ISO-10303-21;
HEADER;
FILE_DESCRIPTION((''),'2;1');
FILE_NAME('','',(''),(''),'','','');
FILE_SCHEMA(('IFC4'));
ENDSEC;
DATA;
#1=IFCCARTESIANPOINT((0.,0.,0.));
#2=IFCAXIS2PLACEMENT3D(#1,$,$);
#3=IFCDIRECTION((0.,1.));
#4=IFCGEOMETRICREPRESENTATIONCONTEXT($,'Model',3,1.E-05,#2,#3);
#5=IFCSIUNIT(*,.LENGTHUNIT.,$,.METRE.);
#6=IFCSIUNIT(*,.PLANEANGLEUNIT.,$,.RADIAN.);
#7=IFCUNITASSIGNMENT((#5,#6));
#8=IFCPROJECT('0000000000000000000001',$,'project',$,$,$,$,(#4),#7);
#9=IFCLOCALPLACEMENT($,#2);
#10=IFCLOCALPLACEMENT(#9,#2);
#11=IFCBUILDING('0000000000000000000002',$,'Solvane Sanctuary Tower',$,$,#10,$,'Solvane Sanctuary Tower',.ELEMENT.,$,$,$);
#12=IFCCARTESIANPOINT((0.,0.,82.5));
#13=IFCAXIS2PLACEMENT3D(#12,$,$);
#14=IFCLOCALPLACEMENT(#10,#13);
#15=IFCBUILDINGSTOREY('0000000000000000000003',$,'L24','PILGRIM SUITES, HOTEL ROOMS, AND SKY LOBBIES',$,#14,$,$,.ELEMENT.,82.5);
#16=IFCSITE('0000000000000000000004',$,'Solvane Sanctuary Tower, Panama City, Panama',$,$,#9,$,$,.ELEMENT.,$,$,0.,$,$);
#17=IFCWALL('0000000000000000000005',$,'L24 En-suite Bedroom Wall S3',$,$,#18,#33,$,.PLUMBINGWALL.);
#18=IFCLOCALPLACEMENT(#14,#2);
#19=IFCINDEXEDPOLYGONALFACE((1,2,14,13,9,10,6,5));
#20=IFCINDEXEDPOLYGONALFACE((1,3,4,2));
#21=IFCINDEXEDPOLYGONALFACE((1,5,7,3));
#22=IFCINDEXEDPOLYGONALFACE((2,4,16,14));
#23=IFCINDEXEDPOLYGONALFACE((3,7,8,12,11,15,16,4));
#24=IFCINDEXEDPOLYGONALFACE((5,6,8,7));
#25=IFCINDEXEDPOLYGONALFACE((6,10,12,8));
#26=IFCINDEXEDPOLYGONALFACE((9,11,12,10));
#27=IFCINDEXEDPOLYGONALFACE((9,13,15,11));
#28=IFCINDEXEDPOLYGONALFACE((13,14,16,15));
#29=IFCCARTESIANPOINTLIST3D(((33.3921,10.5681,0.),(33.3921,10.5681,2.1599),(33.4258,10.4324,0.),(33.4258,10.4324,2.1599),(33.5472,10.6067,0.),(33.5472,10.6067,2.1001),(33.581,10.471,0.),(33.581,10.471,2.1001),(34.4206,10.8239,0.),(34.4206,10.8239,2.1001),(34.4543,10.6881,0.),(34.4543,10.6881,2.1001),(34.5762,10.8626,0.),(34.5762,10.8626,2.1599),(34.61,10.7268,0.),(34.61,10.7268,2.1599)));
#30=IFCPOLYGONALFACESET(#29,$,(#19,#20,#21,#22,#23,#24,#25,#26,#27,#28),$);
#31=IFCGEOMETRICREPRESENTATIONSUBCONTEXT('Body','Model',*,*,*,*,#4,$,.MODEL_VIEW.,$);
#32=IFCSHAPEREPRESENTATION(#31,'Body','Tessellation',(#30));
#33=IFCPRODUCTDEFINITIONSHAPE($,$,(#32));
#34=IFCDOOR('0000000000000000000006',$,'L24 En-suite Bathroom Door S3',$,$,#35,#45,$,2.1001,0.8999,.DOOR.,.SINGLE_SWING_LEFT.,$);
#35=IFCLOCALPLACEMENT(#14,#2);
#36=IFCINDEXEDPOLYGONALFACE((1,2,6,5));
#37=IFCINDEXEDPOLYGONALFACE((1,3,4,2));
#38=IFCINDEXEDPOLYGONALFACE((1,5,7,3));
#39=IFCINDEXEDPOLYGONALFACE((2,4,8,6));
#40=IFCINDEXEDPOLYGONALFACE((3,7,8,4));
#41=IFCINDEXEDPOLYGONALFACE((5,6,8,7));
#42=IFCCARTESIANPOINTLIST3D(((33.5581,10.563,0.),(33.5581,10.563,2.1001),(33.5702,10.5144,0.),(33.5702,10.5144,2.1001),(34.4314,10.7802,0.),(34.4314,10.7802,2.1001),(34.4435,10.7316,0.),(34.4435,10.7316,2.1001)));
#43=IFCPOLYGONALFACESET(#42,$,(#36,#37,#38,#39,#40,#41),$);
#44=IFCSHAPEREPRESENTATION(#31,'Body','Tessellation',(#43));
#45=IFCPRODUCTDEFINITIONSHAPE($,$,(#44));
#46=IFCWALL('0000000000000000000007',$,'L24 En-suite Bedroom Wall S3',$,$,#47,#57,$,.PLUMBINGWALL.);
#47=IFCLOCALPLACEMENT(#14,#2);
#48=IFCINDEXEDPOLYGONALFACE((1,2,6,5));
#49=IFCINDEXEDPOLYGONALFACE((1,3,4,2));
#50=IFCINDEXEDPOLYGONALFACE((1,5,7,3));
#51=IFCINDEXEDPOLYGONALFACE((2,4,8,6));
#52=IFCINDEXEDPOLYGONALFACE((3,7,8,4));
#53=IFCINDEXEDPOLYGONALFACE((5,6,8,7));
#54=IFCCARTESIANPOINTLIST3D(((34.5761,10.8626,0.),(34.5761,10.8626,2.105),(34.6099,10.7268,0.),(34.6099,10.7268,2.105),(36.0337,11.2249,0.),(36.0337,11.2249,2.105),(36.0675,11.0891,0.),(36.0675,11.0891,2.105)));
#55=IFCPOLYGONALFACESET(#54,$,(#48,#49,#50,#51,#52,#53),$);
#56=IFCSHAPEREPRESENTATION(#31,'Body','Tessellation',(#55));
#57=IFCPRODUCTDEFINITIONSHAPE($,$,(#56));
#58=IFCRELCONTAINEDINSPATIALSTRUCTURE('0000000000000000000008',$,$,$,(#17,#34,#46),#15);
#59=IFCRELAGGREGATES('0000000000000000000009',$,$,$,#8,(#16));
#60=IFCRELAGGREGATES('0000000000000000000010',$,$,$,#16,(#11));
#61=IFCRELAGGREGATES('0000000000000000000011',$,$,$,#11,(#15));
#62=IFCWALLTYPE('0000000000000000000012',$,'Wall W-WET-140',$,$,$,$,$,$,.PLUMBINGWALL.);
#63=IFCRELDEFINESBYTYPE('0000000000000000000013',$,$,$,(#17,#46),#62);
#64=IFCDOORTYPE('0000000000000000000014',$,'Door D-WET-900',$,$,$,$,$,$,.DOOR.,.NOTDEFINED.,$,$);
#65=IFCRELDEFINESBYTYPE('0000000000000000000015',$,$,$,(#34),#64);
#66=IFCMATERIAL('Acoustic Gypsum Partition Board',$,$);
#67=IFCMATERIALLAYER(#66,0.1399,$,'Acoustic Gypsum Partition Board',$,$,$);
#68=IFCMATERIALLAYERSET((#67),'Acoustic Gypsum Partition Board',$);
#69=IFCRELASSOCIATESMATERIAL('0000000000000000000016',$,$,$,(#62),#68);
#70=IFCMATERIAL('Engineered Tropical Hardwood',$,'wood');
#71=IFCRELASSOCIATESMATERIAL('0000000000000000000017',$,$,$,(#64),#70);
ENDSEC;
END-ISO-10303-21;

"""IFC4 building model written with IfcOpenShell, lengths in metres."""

from ifc_helpers import new_model, si_unit, direction, frame, frame_2d, origin, place, context, subcontext, project, spatial, rectangle, extrude, material, layer, layer_set, type_object, element, fill, save


model = new_model("IFC4")

# Units and contexts
model_context = context("Model", 3, precision=1e-05, world=origin(), true_north=direction((0.0, 1.0)))
body_context = subcontext(model_context, "Body", "Model", "MODEL_VIEW")
ifc_project = project(units=[si_unit("LENGTHUNIT", "METRE"), si_unit("PLANEANGLEUNIT", "RADIAN")], contexts=[model_context])

# Site, building, storey
site_placement = place(None, origin())
site = spatial("IfcSite", under=ifc_project, at=site_placement, Name="Solvane Sanctuary Tower, Panama City, Panama", CompositionType="ELEMENT", RefElevation=0.0)
building_placement = place(site_placement, origin())
building = spatial("IfcBuilding", under=site, at=building_placement, Name="Solvane Sanctuary Tower", LongName="Solvane Sanctuary Tower", CompositionType="ELEMENT")
storey_placement = place(building_placement, frame((0.0, 0.0, 82.5)))
storey = spatial("IfcBuildingStorey", under=building, at=storey_placement, Name="L24", Description="PILGRIM SUITES, HOTEL ROOMS, AND SKY LOBBIES", CompositionType="ELEMENT", Elevation=82.5)

# Shared definitions
ifc_material_1 = material(Name="Acoustic Gypsum Partition Board")

# Shared definitions
ifc_material_2 = material(Name="Engineered Tropical Hardwood", Category="wood")

# Shared definitions
ifc_layer_1 = layer(ifc_material_1, 0.1399, Name="Acoustic Gypsum Partition Board")
ifc_layer_set_1 = layer_set([ifc_layer_1], Name="Acoustic Gypsum Partition Board")
wall_type_1 = type_object("IfcWallType", Name="Wall W-WET-140", PredefinedType="PLUMBINGWALL", material=ifc_layer_set_1)

# Wall, opening, door
wall_1_placement = place(storey_placement, frame((33.4089, 10.5002, 0.0), z_axis=(0.0, 0.0, 1.0), x_axis=(0.970448, 0.241311, 0.0)))
wall_1 = element("IfcWall", 1, at=wall_1_placement, inside=storey, type_object=wall_type_1, Name="L24 En-suite Bedroom Wall S3", PredefinedType="PLUMBINGWALL", context=body_context, shape_type="SweptSolid", body=[
    extrude(rectangle(XDim=1.2202, YDim=0.1399, at=frame_2d((0.6101, 0.0))), origin(), (0.0, 0.0, 1.0), 2.1599),
])
opening_1_placement = place(wall_1_placement, frame((0.1599, 0.0, 0.0)))
opening_1 = element("IfcOpeningElement", 2, at=opening_1_placement, cuts=wall_1, PredefinedType="OPENING", context=body_context, shape_type="SweptSolid", body=[
    extrude(rectangle(XDim=0.8999, YDim=2.1001, at=frame_2d((0.45, 1.05))), frame((0.0, 0.0798, 0.0), z_axis=(0.0, -1.0, 0.0), x_axis=(1.0, 0.0, 0.0)), (0.0, 0.0, 1.0), 0.1599),
])
door_type_1 = type_object("IfcDoorType", Name="Door D-WET-900", OperationType="NOTDEFINED", PredefinedType="DOOR", material=ifc_material_2)
door_1_placement = place(opening_1_placement, origin())
door_1 = element("IfcDoor", 3, at=door_1_placement, inside=storey, type_object=door_type_1, Name="L24 En-suite Bathroom Door S3", OperationType="SINGLE_SWING_LEFT", OverallHeight=2.1001, OverallWidth=0.8999, PredefinedType="DOOR", context=body_context, shape_type="SweptSolid", body=[
    extrude(rectangle(XDim=0.8999, YDim=2.1001, at=frame_2d((0.45, 1.05))), frame((0.0, 0.0249, 0.0), z_axis=(0.0, -1.0, 0.0), x_axis=(1.0, 0.0, 0.0)), (0.0, 0.0, 1.0), 0.05),
])
fill(opening_1, door_1)

# Wall
wall_2_placement = place(storey_placement, frame((34.593, 10.7947, 0.0), z_axis=(0.0, 0.0, 1.0), x_axis=(0.970467, 0.241235, 0.0)))
element("IfcWall", 4, at=wall_2_placement, inside=storey, type_object=wall_type_1, Name="L24 En-suite Bedroom Wall S3", PredefinedType="PLUMBINGWALL", context=body_context, shape_type="SweptSolid", body=[
    extrude(rectangle(XDim=1.502, YDim=0.1399, at=frame_2d((0.751, 0.0))), origin(), (0.0, 0.0, 1.0), 2.105),
])

save(model, "model.ifc")
